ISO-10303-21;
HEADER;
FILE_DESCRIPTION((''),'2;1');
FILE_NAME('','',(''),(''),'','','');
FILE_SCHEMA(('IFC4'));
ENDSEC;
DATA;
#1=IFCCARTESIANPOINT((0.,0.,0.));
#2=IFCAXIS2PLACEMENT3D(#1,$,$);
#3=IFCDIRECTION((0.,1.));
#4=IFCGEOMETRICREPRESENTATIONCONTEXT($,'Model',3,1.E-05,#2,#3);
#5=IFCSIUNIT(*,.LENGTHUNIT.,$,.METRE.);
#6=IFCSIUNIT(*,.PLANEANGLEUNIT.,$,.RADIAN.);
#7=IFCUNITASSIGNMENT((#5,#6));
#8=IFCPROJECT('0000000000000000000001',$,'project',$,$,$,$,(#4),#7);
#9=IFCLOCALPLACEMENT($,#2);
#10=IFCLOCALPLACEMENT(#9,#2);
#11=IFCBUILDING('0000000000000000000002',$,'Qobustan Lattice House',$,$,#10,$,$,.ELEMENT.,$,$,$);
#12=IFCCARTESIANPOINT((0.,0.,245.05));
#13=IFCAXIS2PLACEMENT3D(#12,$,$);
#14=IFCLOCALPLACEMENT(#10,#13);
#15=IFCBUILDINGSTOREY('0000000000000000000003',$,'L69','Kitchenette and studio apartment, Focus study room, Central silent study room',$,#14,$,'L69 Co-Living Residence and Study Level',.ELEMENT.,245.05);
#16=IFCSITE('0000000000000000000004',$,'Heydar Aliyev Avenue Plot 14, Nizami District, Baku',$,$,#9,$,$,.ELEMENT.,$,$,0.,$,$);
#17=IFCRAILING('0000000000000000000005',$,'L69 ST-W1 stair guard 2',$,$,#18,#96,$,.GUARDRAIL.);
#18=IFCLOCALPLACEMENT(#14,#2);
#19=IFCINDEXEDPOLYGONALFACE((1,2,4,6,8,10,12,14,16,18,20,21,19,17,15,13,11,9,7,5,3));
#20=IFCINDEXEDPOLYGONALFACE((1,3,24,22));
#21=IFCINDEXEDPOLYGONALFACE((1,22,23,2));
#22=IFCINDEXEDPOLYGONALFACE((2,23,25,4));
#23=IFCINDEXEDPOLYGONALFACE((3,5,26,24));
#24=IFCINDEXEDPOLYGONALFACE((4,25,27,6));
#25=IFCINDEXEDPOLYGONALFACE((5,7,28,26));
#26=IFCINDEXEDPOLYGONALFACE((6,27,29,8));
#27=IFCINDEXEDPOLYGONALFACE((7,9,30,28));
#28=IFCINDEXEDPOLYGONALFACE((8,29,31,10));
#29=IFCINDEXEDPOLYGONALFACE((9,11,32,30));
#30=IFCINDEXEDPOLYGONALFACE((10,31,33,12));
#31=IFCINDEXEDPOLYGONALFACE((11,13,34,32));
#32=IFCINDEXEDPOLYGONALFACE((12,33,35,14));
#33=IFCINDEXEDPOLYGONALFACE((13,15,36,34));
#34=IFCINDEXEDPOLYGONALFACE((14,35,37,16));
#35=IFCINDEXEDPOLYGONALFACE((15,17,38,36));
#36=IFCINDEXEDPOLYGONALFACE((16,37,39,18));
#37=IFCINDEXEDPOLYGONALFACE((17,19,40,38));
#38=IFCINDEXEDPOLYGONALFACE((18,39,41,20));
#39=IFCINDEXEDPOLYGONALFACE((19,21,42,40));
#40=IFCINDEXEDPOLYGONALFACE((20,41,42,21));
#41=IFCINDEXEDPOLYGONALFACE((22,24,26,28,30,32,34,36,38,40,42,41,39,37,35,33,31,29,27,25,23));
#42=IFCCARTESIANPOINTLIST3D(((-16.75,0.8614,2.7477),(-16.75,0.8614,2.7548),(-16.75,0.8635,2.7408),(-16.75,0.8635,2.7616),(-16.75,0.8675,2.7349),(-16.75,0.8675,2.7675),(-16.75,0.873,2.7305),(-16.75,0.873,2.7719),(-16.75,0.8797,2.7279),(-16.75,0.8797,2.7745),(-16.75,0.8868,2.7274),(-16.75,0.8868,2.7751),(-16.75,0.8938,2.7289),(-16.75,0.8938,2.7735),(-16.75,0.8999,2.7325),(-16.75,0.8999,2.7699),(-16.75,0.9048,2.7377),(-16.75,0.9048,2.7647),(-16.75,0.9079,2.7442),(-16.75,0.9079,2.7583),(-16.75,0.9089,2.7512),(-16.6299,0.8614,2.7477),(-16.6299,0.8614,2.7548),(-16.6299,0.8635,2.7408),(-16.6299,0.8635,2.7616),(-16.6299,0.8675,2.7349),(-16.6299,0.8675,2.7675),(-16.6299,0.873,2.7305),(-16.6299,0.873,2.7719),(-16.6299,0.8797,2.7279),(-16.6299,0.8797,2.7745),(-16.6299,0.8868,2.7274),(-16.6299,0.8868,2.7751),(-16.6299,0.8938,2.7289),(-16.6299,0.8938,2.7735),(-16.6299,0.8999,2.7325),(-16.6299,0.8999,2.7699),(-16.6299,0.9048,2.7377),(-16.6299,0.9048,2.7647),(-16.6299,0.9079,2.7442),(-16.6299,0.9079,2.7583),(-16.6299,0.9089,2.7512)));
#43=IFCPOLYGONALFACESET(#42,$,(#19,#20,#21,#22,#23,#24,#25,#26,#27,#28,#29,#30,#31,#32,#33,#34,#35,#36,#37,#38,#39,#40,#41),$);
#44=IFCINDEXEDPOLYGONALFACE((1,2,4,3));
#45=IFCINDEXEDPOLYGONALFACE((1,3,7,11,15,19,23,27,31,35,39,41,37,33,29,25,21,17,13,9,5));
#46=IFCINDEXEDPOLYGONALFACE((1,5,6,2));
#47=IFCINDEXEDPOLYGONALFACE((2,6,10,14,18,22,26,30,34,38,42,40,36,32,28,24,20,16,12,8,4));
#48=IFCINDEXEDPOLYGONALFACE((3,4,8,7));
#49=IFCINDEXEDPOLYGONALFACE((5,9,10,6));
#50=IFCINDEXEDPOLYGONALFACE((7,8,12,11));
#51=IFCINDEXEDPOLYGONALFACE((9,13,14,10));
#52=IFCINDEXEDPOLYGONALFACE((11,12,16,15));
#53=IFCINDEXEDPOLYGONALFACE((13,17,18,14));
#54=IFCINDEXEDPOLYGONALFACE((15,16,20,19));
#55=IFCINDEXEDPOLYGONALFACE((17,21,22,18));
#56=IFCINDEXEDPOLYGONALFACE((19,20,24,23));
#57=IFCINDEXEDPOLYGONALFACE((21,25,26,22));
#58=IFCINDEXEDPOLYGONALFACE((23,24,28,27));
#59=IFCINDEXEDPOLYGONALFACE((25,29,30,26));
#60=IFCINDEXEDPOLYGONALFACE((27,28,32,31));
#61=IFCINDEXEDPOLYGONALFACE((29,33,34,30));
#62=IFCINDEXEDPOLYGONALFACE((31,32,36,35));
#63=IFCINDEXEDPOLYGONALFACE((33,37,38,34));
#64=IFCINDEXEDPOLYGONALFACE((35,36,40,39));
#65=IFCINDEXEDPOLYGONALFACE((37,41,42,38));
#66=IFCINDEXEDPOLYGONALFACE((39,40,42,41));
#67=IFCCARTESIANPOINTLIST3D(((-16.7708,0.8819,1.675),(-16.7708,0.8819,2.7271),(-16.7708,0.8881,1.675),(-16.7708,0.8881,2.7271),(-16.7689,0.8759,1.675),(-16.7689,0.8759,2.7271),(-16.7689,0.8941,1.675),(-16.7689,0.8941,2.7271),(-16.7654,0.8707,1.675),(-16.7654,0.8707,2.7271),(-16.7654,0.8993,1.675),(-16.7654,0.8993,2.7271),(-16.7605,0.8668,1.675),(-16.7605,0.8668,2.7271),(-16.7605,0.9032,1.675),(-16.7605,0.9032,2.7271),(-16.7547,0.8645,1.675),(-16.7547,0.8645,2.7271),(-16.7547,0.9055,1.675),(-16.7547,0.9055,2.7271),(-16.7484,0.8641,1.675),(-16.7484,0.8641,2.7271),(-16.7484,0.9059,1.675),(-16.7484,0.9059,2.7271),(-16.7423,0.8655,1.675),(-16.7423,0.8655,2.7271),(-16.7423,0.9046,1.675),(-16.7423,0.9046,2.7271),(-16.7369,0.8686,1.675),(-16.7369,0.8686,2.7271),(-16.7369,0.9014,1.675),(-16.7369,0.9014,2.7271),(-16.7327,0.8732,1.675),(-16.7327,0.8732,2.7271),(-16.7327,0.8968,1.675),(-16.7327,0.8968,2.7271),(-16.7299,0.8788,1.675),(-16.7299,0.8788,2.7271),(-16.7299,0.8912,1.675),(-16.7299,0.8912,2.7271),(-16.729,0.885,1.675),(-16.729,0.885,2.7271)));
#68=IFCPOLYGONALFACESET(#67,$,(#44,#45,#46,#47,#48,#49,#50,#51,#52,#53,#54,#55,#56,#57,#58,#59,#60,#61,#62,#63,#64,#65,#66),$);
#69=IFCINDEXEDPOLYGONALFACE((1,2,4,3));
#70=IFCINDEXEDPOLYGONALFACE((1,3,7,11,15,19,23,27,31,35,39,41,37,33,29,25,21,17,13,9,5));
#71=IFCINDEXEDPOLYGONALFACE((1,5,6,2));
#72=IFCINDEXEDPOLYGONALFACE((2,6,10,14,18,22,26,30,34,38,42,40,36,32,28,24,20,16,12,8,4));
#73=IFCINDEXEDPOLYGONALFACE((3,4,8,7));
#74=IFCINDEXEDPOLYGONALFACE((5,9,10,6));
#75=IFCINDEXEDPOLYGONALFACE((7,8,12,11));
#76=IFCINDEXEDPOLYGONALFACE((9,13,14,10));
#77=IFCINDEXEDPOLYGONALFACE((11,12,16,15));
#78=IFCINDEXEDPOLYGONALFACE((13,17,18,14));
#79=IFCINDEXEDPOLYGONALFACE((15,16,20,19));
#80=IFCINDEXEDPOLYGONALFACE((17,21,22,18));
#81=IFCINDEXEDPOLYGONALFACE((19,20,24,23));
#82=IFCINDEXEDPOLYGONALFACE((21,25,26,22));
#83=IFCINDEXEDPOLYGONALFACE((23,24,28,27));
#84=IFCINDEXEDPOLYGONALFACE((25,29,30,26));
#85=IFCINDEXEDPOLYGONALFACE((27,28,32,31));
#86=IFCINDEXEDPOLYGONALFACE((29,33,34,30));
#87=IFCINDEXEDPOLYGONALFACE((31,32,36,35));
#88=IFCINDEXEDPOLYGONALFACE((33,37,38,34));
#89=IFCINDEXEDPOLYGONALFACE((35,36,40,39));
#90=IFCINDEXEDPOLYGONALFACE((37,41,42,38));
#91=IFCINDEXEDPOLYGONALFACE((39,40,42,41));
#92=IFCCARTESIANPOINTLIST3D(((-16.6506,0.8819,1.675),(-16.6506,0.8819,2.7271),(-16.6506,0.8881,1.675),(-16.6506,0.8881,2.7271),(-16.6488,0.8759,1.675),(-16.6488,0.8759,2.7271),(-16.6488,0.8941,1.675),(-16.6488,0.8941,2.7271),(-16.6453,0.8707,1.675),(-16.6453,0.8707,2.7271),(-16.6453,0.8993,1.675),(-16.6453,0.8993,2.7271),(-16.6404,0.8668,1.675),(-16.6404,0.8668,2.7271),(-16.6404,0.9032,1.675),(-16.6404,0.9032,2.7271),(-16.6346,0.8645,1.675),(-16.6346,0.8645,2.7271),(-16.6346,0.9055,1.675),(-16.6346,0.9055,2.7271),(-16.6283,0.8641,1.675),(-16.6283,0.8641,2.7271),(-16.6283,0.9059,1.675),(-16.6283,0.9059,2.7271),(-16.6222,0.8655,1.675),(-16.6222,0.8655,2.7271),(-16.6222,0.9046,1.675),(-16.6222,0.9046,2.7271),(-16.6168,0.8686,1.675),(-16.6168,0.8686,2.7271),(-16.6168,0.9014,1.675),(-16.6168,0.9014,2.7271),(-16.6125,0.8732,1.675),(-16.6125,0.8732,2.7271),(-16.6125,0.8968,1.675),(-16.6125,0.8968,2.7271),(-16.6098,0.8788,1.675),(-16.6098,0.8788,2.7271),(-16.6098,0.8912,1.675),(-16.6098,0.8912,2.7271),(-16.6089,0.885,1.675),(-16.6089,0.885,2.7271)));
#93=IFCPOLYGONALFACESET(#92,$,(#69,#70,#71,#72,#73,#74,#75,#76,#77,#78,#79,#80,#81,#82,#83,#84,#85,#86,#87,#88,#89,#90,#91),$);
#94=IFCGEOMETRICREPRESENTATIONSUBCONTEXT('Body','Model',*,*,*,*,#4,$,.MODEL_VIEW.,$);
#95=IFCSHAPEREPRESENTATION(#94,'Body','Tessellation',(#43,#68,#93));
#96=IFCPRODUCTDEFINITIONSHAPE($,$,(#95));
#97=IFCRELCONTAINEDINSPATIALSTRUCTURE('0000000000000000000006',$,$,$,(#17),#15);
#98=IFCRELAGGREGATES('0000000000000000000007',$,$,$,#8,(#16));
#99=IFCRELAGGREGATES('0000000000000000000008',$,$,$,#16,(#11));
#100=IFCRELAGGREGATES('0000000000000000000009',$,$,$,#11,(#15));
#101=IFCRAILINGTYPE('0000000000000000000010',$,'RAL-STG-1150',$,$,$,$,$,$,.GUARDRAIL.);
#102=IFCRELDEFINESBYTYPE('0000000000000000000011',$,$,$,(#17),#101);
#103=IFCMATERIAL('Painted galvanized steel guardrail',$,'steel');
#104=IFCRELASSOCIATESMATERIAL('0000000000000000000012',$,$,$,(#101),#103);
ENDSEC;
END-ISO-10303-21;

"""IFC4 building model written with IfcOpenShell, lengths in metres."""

from ifc_helpers import new_model, si_unit, direction, frame, origin, origin_2d, place, context, subcontext, project, spatial, circle, extrude, material, type_object, element, save


model = new_model("IFC4")

# Units and contexts
model_context = context("Model", 3, precision=1e-05, world=origin(), true_north=direction((0.0, 1.0)))
body_context = subcontext(model_context, "Body", "Model", "MODEL_VIEW")
ifc_project = project(units=[si_unit("LENGTHUNIT", "METRE"), si_unit("PLANEANGLEUNIT", "RADIAN")], contexts=[model_context])

# Site, building, storey
site_placement = place(None, origin())
site = spatial("IfcSite", under=ifc_project, at=site_placement, Name="Heydar Aliyev Avenue Plot 14, Nizami District, Baku", CompositionType="ELEMENT", RefElevation=0.0)
building_placement = place(site_placement, origin())
building = spatial("IfcBuilding", under=site, at=building_placement, Name="Qobustan Lattice House", CompositionType="ELEMENT")
storey_placement = place(building_placement, frame((0.0, 0.0, 245.05)))
storey = spatial("IfcBuildingStorey", under=building, at=storey_placement, Name="L69", Description="Kitchenette and studio apartment, Focus study room, Central silent study room", LongName="L69 Co-Living Residence and Study Level", CompositionType="ELEMENT", Elevation=245.05)

# Railing
ifc_material_1 = material(Name="Painted galvanized steel guardrail", Category="steel")
railing_type_1 = type_object("IfcRailingType", Name="RAL-STG-1150", PredefinedType="GUARDRAIL", material=ifc_material_1)
railing_1_placement = place(storey_placement, frame((-16.75, 0.885, 1.675)))
element("IfcRailing", 1, at=railing_1_placement, inside=storey, type_object=railing_type_1, Name="L69 ST-W1 stair guard 2", PredefinedType="GUARDRAIL", context=body_context, shape_type="SweptSolid", body=[
    extrude(circle(Radius=0.0239, at=origin_2d()), frame((0.0, 0.0, 1.0762), z_axis=(1.0, 0.0, 0.0), x_axis=(0.0, 1.0, 0.0)), (0.0, 0.0, 1.0), 0.1201),
    extrude(circle(Radius=0.021, at=origin_2d()), origin(), (0.0, 0.0, 1.0), 1.052),
    extrude(circle(Radius=0.021, at=origin_2d()), frame((0.1201, 0.0, 0.0)), (0.0, 0.0, 1.0), 1.052),
])

save(model, "model.ifc")
